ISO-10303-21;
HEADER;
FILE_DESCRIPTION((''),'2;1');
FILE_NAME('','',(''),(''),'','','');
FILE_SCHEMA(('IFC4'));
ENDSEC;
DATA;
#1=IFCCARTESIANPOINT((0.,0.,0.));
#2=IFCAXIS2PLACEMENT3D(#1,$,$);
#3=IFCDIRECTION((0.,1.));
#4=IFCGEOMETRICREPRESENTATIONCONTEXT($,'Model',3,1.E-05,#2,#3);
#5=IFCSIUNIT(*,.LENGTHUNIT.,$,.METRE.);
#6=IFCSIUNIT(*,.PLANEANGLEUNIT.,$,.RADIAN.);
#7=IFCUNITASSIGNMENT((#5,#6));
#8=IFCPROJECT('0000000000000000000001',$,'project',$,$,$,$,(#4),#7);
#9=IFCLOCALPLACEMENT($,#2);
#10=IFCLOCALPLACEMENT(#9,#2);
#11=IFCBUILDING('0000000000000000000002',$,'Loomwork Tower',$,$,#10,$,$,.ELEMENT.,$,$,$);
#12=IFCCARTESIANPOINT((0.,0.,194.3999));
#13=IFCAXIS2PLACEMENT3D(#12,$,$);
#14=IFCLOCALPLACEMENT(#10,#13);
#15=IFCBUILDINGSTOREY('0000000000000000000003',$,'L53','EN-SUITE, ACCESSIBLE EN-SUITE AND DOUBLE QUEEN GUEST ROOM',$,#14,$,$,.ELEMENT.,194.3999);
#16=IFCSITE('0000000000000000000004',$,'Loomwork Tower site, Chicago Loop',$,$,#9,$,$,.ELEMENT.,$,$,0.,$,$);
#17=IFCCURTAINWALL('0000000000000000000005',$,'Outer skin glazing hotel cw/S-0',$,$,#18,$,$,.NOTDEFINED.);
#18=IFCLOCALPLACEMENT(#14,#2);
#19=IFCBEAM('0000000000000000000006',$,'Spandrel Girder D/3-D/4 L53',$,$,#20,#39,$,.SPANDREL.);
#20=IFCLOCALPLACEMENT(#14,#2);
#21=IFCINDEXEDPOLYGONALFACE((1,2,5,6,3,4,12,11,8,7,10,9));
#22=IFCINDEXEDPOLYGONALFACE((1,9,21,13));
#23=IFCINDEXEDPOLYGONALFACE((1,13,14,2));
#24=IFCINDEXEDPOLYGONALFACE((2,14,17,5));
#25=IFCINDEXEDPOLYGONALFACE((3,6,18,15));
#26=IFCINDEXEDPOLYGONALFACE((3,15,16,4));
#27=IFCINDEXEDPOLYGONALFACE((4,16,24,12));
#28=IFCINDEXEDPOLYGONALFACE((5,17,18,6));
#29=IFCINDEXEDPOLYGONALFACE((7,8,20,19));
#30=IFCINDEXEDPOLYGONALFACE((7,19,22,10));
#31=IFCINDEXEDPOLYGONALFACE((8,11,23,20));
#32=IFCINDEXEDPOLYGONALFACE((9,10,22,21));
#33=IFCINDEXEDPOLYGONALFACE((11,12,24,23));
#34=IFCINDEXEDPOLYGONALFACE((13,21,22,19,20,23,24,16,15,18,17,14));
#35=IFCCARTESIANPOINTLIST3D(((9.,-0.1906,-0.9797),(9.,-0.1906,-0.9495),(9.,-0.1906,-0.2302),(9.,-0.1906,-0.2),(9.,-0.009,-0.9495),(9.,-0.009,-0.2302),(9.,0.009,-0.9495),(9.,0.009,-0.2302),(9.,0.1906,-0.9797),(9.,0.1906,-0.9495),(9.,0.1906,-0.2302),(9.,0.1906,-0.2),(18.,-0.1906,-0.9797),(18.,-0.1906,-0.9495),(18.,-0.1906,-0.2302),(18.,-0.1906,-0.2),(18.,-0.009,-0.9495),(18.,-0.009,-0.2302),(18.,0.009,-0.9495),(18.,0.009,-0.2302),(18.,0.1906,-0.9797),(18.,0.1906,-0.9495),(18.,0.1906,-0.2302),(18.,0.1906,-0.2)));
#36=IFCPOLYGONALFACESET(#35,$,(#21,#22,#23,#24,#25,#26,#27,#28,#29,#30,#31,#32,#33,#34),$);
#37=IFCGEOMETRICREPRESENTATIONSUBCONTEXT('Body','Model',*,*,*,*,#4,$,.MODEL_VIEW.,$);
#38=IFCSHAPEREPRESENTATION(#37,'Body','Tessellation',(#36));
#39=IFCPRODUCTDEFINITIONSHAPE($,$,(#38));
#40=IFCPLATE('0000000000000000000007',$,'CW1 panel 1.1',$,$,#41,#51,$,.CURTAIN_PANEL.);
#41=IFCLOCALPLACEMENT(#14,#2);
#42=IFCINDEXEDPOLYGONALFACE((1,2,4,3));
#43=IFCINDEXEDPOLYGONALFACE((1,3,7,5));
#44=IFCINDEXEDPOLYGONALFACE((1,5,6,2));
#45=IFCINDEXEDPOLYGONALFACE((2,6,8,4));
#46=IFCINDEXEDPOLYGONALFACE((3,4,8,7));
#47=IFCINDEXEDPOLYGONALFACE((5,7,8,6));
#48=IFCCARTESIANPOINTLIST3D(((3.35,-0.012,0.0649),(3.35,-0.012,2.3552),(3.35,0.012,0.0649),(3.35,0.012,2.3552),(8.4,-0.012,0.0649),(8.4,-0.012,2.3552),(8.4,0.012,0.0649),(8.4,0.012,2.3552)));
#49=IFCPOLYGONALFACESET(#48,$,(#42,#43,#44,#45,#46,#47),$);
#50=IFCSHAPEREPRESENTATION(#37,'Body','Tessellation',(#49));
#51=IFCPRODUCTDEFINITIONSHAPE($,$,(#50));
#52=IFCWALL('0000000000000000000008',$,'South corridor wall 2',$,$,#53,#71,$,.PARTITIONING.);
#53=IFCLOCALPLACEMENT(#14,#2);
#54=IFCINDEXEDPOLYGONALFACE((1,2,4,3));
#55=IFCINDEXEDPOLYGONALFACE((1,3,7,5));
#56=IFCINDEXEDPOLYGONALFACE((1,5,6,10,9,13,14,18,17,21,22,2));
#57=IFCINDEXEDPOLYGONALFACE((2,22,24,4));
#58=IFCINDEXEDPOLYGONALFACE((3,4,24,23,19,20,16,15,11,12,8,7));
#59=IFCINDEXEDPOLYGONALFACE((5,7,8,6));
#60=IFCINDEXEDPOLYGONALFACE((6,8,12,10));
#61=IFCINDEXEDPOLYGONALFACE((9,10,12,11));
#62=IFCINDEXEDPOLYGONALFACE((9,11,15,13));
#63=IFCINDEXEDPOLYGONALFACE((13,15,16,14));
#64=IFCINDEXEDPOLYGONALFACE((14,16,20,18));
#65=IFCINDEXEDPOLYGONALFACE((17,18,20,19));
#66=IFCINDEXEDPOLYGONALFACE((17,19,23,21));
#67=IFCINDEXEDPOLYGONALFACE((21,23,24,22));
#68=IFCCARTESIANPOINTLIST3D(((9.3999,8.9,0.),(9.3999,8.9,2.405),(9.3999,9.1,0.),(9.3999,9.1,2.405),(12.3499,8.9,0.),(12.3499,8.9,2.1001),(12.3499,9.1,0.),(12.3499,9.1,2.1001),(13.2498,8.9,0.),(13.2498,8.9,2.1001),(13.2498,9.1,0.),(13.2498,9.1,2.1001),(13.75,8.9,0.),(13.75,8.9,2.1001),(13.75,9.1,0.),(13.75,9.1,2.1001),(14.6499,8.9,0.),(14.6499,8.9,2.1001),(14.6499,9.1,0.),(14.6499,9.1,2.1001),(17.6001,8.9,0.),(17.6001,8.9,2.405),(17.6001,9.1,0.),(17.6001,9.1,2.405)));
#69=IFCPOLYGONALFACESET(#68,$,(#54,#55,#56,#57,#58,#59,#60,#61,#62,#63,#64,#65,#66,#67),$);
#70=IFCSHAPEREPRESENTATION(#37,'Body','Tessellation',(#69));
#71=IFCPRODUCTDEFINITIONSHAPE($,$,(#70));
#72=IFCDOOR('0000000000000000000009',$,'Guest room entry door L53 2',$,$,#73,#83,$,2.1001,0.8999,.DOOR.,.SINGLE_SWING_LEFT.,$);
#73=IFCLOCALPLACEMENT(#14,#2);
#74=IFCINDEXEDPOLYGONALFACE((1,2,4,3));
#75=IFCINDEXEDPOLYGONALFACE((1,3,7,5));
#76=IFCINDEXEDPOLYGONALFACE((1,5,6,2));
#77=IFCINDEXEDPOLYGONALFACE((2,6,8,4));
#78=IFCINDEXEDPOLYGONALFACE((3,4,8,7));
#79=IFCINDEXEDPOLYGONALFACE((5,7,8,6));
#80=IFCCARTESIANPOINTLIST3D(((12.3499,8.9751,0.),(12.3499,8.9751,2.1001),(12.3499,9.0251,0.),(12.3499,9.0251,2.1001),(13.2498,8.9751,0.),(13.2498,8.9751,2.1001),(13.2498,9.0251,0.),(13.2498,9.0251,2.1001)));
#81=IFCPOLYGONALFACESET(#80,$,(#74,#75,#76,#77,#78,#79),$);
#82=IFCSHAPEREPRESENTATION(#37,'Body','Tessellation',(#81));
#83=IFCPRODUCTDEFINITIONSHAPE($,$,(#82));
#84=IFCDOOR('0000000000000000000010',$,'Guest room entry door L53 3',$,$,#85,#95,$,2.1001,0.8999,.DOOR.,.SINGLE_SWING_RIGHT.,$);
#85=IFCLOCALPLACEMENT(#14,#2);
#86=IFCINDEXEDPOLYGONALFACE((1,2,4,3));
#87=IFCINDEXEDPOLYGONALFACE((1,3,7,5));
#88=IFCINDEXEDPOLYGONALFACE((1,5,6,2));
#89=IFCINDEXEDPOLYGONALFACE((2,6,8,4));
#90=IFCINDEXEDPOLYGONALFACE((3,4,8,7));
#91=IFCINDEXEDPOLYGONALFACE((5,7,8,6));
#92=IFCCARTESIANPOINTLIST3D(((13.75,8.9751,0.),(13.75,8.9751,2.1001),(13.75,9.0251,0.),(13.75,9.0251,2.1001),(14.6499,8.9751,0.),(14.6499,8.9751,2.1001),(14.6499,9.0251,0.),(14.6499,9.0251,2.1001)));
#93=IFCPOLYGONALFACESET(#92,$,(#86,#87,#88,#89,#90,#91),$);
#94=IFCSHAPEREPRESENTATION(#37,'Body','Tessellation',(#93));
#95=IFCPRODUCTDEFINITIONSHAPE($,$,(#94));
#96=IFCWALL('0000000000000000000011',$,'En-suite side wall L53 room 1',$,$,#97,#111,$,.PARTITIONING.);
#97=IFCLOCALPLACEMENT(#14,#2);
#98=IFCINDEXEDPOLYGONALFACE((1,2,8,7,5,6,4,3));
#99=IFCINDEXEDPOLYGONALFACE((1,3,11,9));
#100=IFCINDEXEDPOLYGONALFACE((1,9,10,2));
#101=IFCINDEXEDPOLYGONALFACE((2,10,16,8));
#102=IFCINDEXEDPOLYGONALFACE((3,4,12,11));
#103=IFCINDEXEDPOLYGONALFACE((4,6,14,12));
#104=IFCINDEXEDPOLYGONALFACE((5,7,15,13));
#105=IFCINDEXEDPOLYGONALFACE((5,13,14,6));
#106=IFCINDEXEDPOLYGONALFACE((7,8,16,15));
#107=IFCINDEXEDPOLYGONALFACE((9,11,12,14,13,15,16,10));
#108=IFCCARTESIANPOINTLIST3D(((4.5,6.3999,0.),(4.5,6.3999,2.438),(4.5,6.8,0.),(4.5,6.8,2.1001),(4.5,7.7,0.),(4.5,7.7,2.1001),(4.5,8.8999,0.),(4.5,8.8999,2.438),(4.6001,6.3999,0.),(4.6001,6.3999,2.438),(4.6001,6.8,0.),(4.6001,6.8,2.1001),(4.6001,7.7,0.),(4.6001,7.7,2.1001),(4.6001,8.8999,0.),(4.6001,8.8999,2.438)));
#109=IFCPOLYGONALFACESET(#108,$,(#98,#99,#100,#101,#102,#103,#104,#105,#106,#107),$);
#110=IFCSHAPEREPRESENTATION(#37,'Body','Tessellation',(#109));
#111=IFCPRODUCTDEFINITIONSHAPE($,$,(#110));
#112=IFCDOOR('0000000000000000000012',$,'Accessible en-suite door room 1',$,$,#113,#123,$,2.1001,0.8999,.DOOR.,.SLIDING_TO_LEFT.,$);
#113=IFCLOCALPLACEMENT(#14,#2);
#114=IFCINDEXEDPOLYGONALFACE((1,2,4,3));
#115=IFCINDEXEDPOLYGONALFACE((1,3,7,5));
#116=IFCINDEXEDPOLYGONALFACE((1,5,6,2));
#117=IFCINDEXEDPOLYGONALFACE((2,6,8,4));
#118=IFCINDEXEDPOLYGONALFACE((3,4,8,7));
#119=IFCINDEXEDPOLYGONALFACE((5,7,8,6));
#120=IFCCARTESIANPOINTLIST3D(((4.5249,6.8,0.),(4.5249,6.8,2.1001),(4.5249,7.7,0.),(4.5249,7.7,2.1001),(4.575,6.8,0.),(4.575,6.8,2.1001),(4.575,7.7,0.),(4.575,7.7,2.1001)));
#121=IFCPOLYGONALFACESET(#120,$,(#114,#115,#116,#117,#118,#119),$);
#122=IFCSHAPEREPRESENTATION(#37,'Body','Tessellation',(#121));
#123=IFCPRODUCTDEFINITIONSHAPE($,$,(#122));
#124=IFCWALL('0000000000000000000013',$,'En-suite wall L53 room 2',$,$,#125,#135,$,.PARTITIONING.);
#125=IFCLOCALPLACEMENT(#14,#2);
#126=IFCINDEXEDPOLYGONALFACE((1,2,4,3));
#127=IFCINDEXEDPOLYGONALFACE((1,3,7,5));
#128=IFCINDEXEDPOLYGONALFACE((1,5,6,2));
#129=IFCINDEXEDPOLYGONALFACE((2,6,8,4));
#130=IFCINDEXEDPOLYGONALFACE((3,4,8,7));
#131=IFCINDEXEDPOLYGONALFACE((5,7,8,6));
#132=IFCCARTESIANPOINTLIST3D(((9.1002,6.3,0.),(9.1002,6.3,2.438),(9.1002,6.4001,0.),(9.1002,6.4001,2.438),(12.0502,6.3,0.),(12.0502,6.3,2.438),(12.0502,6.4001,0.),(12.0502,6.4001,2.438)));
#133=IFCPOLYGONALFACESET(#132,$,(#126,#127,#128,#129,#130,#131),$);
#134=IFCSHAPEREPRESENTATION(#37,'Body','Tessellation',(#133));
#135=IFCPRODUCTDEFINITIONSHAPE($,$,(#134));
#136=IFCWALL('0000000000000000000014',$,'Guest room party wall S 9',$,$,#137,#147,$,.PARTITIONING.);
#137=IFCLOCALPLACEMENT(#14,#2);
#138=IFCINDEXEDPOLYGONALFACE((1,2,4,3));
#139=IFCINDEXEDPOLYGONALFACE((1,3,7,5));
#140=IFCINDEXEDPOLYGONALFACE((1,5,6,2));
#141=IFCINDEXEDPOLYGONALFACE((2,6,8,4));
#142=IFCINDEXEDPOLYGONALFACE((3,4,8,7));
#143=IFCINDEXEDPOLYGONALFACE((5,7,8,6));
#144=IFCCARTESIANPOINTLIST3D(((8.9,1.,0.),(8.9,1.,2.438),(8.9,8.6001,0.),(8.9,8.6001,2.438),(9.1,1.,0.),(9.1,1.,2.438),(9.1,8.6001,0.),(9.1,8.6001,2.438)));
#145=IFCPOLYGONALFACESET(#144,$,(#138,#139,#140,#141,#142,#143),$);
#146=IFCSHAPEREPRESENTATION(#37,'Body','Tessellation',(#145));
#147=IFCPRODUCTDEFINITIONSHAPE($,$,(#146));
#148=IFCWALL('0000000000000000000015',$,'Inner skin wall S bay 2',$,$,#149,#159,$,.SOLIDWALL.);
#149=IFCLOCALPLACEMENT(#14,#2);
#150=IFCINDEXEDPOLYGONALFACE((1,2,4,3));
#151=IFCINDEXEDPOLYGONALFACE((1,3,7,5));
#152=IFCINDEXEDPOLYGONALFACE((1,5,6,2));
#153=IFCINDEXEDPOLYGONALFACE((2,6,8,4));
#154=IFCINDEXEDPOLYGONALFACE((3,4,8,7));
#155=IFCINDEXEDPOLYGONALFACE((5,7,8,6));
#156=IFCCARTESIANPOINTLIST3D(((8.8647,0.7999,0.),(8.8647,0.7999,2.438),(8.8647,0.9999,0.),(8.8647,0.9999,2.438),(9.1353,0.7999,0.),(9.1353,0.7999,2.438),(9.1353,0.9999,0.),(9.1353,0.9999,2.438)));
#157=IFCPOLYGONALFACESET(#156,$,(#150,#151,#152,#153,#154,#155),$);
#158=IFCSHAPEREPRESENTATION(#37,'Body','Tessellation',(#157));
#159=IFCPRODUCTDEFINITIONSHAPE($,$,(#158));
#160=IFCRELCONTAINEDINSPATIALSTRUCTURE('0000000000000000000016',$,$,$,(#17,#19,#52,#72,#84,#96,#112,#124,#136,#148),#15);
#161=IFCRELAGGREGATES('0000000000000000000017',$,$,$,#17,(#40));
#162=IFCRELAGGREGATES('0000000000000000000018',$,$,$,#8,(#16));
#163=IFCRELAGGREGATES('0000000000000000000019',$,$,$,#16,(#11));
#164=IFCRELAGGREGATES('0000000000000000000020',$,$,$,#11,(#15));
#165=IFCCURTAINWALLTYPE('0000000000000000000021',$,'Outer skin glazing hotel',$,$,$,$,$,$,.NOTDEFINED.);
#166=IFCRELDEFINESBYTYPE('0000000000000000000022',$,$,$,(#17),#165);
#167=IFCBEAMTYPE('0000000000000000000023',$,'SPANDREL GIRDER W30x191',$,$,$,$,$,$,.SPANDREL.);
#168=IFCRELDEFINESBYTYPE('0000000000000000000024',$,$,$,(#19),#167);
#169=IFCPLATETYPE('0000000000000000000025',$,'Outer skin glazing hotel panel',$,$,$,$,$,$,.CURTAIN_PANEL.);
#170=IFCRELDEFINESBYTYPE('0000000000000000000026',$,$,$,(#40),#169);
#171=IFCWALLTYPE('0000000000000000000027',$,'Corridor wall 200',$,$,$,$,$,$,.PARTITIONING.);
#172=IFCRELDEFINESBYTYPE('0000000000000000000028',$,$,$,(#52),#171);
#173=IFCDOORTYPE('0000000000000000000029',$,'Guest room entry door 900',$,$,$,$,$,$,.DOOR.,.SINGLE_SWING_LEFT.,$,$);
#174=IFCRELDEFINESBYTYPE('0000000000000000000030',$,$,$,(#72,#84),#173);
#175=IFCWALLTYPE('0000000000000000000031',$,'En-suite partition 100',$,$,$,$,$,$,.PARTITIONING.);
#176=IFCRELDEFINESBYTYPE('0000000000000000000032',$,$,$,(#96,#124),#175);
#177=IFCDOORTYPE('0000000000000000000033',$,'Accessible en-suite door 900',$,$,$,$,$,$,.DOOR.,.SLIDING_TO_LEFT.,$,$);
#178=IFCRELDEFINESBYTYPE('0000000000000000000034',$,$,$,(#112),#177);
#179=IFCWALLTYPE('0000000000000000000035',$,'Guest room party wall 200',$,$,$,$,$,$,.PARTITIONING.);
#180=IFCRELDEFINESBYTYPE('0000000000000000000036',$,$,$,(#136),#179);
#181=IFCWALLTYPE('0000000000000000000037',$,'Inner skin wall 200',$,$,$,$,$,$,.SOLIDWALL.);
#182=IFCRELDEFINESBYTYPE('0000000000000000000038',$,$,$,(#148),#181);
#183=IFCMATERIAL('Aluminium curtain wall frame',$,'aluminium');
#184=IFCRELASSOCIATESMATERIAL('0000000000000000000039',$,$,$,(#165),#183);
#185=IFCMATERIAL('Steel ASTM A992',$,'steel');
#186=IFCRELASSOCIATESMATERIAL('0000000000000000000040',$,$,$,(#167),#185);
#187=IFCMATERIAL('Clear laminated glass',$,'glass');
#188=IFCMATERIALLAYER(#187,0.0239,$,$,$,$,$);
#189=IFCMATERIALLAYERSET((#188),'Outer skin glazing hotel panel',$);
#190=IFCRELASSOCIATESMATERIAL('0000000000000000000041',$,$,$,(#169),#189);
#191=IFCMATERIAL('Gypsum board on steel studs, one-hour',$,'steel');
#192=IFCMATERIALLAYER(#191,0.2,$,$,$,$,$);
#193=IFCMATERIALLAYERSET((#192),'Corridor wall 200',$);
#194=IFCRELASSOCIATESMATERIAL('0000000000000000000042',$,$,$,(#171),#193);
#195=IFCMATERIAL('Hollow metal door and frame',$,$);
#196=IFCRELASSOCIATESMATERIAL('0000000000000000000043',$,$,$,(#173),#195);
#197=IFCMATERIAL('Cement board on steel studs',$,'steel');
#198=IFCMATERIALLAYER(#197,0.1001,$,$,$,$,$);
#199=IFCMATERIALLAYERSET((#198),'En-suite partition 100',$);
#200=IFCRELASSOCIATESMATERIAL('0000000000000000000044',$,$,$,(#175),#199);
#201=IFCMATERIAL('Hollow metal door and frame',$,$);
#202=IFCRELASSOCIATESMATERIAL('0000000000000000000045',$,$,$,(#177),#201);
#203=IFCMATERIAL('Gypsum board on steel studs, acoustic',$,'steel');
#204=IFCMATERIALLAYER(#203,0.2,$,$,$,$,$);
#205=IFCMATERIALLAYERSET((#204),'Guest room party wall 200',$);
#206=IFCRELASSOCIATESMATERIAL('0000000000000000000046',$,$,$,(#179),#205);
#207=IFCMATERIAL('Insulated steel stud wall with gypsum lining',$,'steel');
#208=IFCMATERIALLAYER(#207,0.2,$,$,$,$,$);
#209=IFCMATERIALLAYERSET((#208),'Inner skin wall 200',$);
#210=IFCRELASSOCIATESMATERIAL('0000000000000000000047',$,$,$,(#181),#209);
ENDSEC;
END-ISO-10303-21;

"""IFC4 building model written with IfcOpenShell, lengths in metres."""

from ifc_helpers import new_model, si_unit, direction, frame, frame_2d, origin, origin_2d, place, context, subcontext, project, spatial, rectangle, i_section, extrude, material, layer, layer_set, material_profile, profile_set, type_object, element, fill, aggregate, save


model = new_model("IFC4")

# Units and contexts
model_context = context("Model", 3, precision=1e-05, world=origin(), true_north=direction((0.0, 1.0)))
body_context = subcontext(model_context, "Body", "Model", "MODEL_VIEW")
ifc_project = project(units=[si_unit("LENGTHUNIT", "METRE"), si_unit("PLANEANGLEUNIT", "RADIAN")], contexts=[model_context])

# Site, building, storey
site_placement = place(None, origin())
site = spatial("IfcSite", under=ifc_project, at=site_placement, Name="Loomwork Tower site, Chicago Loop", CompositionType="ELEMENT", RefElevation=0.0)
building_placement = place(site_placement, origin())
building = spatial("IfcBuilding", under=site, at=building_placement, Name="Loomwork Tower", CompositionType="ELEMENT")
storey_placement = place(building_placement, frame((0.0, 0.0, 194.3999)))
storey = spatial("IfcBuildingStorey", under=building, at=storey_placement, Name="L53", Description="EN-SUITE, ACCESSIBLE EN-SUITE AND DOUBLE QUEEN GUEST ROOM", CompositionType="ELEMENT", Elevation=194.3999)

# Curtain wall
ifc_material_1 = material(Name="Aluminium curtain wall frame", Category="aluminium")
curtain_wall_type = type_object("IfcCurtainWallType", Name="Outer skin glazing hotel", PredefinedType="NOTDEFINED", material=ifc_material_1)
curtain_wall_1_placement = place(storey_placement, origin())
curtain_wall_1 = element("IfcCurtainWall", 1, at=curtain_wall_1_placement, inside=storey, type_object=curtain_wall_type, Name="Outer skin glazing hotel cw/S-0", PredefinedType="NOTDEFINED")

# Beam
ifc_material_2 = material(Name="Steel ASTM A992", Category="steel")
ifc_material_profile_1 = material_profile(ifc_material_2, i_section(OverallWidth=0.3811, OverallDepth=0.7798, WebThickness=0.0181, FlangeThickness=0.0303, at=origin_2d()), Name="W30x191")
ifc_profile_set_1 = profile_set([ifc_material_profile_1], Name="Steel ASTM A992")
beam_type_1 = type_object("IfcBeamType", Name="SPANDREL GIRDER W30x191", PredefinedType="SPANDREL", material=ifc_profile_set_1)
beam_1_placement = place(storey_placement, frame((9.0, 0.0, -0.5898), z_axis=(1.0, 0.0, 0.0), x_axis=(0.0, 1.0, 0.0)))
element("IfcBeam", 2, at=beam_1_placement, inside=storey, type_object=beam_type_1, Name="Spandrel Girder D/3-D/4 L53", PredefinedType="SPANDREL", context=body_context, shape_type="SweptSolid", body=[
    extrude(i_section(OverallWidth=0.3811, OverallDepth=0.7798, WebThickness=0.0181, FlangeThickness=0.0303, at=origin_2d()), origin(), (0.0, 0.0, 1.0), 9.0),
])

# Plate
ifc_material_3 = material(Name="Clear laminated glass", Category="glass")
ifc_layer_1 = layer(ifc_material_3, 0.0239)
ifc_layer_set_1 = layer_set([ifc_layer_1], Name="Outer skin glazing hotel panel")
plate_type = type_object("IfcPlateType", Name="Outer skin glazing hotel panel", PredefinedType="CURTAIN_PANEL", material=ifc_layer_set_1)
plate_placement = place(storey_placement, frame((5.875, 0.0, 0.0649), z_axis=(0.0, 0.0, 1.0), x_axis=(1.0, 0.0, 0.0)))
plate = element("IfcPlate", 3, at=plate_placement, type_object=plate_type, Name="CW1 panel 1.1", PredefinedType="CURTAIN_PANEL", context=body_context, shape_type="SweptSolid", body=[
    extrude(rectangle(XDim=5.05, YDim=0.0239, at=origin_2d()), origin(), (0.0, 0.0, 1.0), 2.2903),
])
aggregate(curtain_wall_1, [plate])

# Wall, openings, doors
ifc_material_4 = material(Name="Gypsum board on steel studs, one-hour", Category="steel")
ifc_layer_2 = layer(ifc_material_4, 0.2)
ifc_layer_set_2 = layer_set([ifc_layer_2], Name="Corridor wall 200")
wall_type_1 = type_object("IfcWallType", Name="Corridor wall 200", PredefinedType="PARTITIONING", material=ifc_layer_set_2)
wall_1_placement = place(storey_placement, frame((9.3999, 9.0, 0.0), z_axis=(0.0, 0.0, 1.0), x_axis=(1.0, 0.0, 0.0)))
wall_1 = element("IfcWall", 4, at=wall_1_placement, inside=storey, type_object=wall_type_1, Name="South corridor wall 2", PredefinedType="PARTITIONING", context=body_context, shape_type="SweptSolid", body=[
    extrude(rectangle(XDim=8.2002, YDim=0.2, at=frame_2d((4.1001, 0.0))), origin(), (0.0, 0.0, 1.0), 2.405),
])
opening_1_placement = place(wall_1_placement, frame((2.95, 0.0, 0.0)))
opening_1 = element("IfcOpeningElement", 5, at=opening_1_placement, cuts=wall_1, PredefinedType="OPENING", context=body_context, shape_type="SweptSolid", body=[
    extrude(rectangle(XDim=0.8999, YDim=2.1001, at=frame_2d((0.45, 1.05))), frame((0.0, 0.1099, 0.0), z_axis=(0.0, -1.0, 0.0), x_axis=(1.0, 0.0, 0.0)), (0.0, 0.0, 1.0), 0.22),
])
opening_2_placement = place(wall_1_placement, frame((4.3501, 0.0, 0.0)))
opening_2 = element("IfcOpeningElement", 6, at=opening_2_placement, cuts=wall_1, PredefinedType="OPENING", context=body_context, shape_type="SweptSolid", body=[
    extrude(rectangle(XDim=0.8999, YDim=2.1001, at=frame_2d((0.45, 1.05))), frame((0.0, 0.1099, 0.0), z_axis=(0.0, -1.0, 0.0), x_axis=(1.0, 0.0, 0.0)), (0.0, 0.0, 1.0), 0.22),
])
ifc_material_5 = material(Name="Hollow metal door and frame")
door_type_1 = type_object("IfcDoorType", Name="Guest room entry door 900", OperationType="SINGLE_SWING_LEFT", PredefinedType="DOOR", material=ifc_material_5)
door_1_placement = place(opening_1_placement, frame((0.8999, 0.0, 0.0), z_axis=(0.0, 0.0, 1.0), x_axis=(-1.0, 0.0, 0.0)))
door_1 = element("IfcDoor", 7, at=door_1_placement, inside=storey, type_object=door_type_1, Name="Guest room entry door L53 2", OperationType="SINGLE_SWING_LEFT", OverallHeight=2.1001, OverallWidth=0.8999, PredefinedType="DOOR", context=body_context, shape_type="SweptSolid", body=[
    extrude(rectangle(XDim=0.8999, YDim=2.1001, at=frame_2d((0.45, 1.05))), frame((0.0, 0.0249, 0.0), z_axis=(0.0, -1.0, 0.0), x_axis=(1.0, 0.0, 0.0)), (0.0, 0.0, 1.0), 0.05),
])
fill(opening_1, door_1)
door_2_placement = place(opening_2_placement, frame((0.8999, 0.0, 0.0), z_axis=(0.0, 0.0, 1.0), x_axis=(-1.0, 0.0, 0.0)))
door_2 = element("IfcDoor", 8, at=door_2_placement, inside=storey, type_object=door_type_1, Name="Guest room entry door L53 3", OperationType="SINGLE_SWING_RIGHT", OverallHeight=2.1001, OverallWidth=0.8999, PredefinedType="DOOR", context=body_context, shape_type="SweptSolid", body=[
    extrude(rectangle(XDim=0.8999, YDim=2.1001, at=frame_2d((0.45, 1.05))), frame((0.0, 0.0249, 0.0), z_axis=(0.0, -1.0, 0.0), x_axis=(1.0, 0.0, 0.0)), (0.0, 0.0, 1.0), 0.05),
])
fill(opening_2, door_2)

# Wall, opening, door
ifc_material_6 = material(Name="Cement board on steel studs", Category="steel")
ifc_layer_3 = layer(ifc_material_6, 0.1001)
ifc_layer_set_3 = layer_set([ifc_layer_3], Name="En-suite partition 100")
wall_type_2 = type_object("IfcWallType", Name="En-suite partition 100", PredefinedType="PARTITIONING", material=ifc_layer_set_3)
wall_2_placement = place(storey_placement, frame((4.55, 8.8999, 0.0), z_axis=(0.0, 0.0, 1.0), x_axis=(0.0, -1.0, 0.0)))
wall_2 = element("IfcWall", 9, at=wall_2_placement, inside=storey, type_object=wall_type_2, Name="En-suite side wall L53 room 1", PredefinedType="PARTITIONING", context=body_context, shape_type="SweptSolid", body=[
    extrude(rectangle(XDim=2.5, YDim=0.1001, at=frame_2d((1.25, 0.0))), origin(), (0.0, 0.0, 1.0), 2.438),
])
opening_3_placement = place(wall_2_placement, frame((1.2, 0.0, 0.0)))
opening_3 = element("IfcOpeningElement", 10, at=opening_3_placement, cuts=wall_2, PredefinedType="OPENING", context=body_context, shape_type="SweptSolid", body=[
    extrude(rectangle(XDim=0.8999, YDim=2.1001, at=frame_2d((0.45, 1.05))), frame((0.0, 0.0601, 0.0), z_axis=(0.0, -1.0, 0.0), x_axis=(1.0, 0.0, 0.0)), (0.0, 0.0, 1.0), 0.1201),
])
ifc_material_7 = material(Name="Hollow metal door and frame")
door_type_2 = type_object("IfcDoorType", Name="Accessible en-suite door 900", OperationType="SLIDING_TO_LEFT", PredefinedType="DOOR", material=ifc_material_7)
door_3_placement = place(opening_3_placement, origin())
door_3 = element("IfcDoor", 11, at=door_3_placement, inside=storey, type_object=door_type_2, Name="Accessible en-suite door room 1", OperationType="SLIDING_TO_LEFT", OverallHeight=2.1001, OverallWidth=0.8999, PredefinedType="DOOR", context=body_context, shape_type="SweptSolid", body=[
    extrude(rectangle(XDim=0.8999, YDim=2.1001, at=frame_2d((0.45, 1.05))), frame((0.0, 0.0249, 0.0), z_axis=(0.0, -1.0, 0.0), x_axis=(1.0, 0.0, 0.0)), (0.0, 0.0, 1.0), 0.05),
])
fill(opening_3, door_3)

# Walls
wall_3_placement = place(storey_placement, frame((9.1001, 6.3501, 0.0), z_axis=(0.0, 0.0, 1.0), x_axis=(1.0, 0.0, 0.0)))
element("IfcWall", 12, at=wall_3_placement, inside=storey, type_object=wall_type_2, Name="En-suite wall L53 room 2", PredefinedType="PARTITIONING", context=body_context, shape_type="SweptSolid", body=[
    extrude(rectangle(XDim=2.95, YDim=0.1001, at=frame_2d((1.4751, 0.0))), origin(), (0.0, 0.0, 1.0), 2.438),
])
ifc_material_8 = material(Name="Gypsum board on steel studs, acoustic", Category="steel")
ifc_layer_4 = layer(ifc_material_8, 0.2)
ifc_layer_set_4 = layer_set([ifc_layer_4], Name="Guest room party wall 200")
wall_type_3 = type_object("IfcWallType", Name="Guest room party wall 200", PredefinedType="PARTITIONING", material=ifc_layer_set_4)
wall_4_placement = place(storey_placement, frame((9.0, 8.6001, 0.0), z_axis=(0.0, 0.0, 1.0), x_axis=(0.0, -1.0, 0.0)))
element("IfcWall", 13, at=wall_4_placement, inside=storey, type_object=wall_type_3, Name="Guest room party wall S 9", PredefinedType="PARTITIONING", context=body_context, shape_type="SweptSolid", body=[
    extrude(rectangle(XDim=7.6001, YDim=0.2, at=frame_2d((3.8, 0.0))), origin(), (0.0, 0.0, 1.0), 2.438),
])
ifc_material_9 = material(Name="Insulated steel stud wall with gypsum lining", Category="steel")
ifc_layer_5 = layer(ifc_material_9, 0.2)
ifc_layer_set_5 = layer_set([ifc_layer_5], Name="Inner skin wall 200")
wall_type_4 = type_object("IfcWallType", Name="Inner skin wall 200", PredefinedType="SOLIDWALL", material=ifc_layer_set_5)
wall_5_placement = place(storey_placement, frame((8.8647, 0.8999, 0.0), z_axis=(0.0, 0.0, 1.0), x_axis=(1.0, 0.0, 0.0)))
element("IfcWall", 14, at=wall_5_placement, inside=storey, type_object=wall_type_4, Name="Inner skin wall S bay 2", PredefinedType="SOLIDWALL", context=body_context, shape_type="SweptSolid", body=[
    extrude(rectangle(XDim=0.2705, YDim=0.2, at=frame_2d((0.1353, 0.0))), origin(), (0.0, 0.0, 1.0), 2.438),
])

save(model, "model.ifc")
